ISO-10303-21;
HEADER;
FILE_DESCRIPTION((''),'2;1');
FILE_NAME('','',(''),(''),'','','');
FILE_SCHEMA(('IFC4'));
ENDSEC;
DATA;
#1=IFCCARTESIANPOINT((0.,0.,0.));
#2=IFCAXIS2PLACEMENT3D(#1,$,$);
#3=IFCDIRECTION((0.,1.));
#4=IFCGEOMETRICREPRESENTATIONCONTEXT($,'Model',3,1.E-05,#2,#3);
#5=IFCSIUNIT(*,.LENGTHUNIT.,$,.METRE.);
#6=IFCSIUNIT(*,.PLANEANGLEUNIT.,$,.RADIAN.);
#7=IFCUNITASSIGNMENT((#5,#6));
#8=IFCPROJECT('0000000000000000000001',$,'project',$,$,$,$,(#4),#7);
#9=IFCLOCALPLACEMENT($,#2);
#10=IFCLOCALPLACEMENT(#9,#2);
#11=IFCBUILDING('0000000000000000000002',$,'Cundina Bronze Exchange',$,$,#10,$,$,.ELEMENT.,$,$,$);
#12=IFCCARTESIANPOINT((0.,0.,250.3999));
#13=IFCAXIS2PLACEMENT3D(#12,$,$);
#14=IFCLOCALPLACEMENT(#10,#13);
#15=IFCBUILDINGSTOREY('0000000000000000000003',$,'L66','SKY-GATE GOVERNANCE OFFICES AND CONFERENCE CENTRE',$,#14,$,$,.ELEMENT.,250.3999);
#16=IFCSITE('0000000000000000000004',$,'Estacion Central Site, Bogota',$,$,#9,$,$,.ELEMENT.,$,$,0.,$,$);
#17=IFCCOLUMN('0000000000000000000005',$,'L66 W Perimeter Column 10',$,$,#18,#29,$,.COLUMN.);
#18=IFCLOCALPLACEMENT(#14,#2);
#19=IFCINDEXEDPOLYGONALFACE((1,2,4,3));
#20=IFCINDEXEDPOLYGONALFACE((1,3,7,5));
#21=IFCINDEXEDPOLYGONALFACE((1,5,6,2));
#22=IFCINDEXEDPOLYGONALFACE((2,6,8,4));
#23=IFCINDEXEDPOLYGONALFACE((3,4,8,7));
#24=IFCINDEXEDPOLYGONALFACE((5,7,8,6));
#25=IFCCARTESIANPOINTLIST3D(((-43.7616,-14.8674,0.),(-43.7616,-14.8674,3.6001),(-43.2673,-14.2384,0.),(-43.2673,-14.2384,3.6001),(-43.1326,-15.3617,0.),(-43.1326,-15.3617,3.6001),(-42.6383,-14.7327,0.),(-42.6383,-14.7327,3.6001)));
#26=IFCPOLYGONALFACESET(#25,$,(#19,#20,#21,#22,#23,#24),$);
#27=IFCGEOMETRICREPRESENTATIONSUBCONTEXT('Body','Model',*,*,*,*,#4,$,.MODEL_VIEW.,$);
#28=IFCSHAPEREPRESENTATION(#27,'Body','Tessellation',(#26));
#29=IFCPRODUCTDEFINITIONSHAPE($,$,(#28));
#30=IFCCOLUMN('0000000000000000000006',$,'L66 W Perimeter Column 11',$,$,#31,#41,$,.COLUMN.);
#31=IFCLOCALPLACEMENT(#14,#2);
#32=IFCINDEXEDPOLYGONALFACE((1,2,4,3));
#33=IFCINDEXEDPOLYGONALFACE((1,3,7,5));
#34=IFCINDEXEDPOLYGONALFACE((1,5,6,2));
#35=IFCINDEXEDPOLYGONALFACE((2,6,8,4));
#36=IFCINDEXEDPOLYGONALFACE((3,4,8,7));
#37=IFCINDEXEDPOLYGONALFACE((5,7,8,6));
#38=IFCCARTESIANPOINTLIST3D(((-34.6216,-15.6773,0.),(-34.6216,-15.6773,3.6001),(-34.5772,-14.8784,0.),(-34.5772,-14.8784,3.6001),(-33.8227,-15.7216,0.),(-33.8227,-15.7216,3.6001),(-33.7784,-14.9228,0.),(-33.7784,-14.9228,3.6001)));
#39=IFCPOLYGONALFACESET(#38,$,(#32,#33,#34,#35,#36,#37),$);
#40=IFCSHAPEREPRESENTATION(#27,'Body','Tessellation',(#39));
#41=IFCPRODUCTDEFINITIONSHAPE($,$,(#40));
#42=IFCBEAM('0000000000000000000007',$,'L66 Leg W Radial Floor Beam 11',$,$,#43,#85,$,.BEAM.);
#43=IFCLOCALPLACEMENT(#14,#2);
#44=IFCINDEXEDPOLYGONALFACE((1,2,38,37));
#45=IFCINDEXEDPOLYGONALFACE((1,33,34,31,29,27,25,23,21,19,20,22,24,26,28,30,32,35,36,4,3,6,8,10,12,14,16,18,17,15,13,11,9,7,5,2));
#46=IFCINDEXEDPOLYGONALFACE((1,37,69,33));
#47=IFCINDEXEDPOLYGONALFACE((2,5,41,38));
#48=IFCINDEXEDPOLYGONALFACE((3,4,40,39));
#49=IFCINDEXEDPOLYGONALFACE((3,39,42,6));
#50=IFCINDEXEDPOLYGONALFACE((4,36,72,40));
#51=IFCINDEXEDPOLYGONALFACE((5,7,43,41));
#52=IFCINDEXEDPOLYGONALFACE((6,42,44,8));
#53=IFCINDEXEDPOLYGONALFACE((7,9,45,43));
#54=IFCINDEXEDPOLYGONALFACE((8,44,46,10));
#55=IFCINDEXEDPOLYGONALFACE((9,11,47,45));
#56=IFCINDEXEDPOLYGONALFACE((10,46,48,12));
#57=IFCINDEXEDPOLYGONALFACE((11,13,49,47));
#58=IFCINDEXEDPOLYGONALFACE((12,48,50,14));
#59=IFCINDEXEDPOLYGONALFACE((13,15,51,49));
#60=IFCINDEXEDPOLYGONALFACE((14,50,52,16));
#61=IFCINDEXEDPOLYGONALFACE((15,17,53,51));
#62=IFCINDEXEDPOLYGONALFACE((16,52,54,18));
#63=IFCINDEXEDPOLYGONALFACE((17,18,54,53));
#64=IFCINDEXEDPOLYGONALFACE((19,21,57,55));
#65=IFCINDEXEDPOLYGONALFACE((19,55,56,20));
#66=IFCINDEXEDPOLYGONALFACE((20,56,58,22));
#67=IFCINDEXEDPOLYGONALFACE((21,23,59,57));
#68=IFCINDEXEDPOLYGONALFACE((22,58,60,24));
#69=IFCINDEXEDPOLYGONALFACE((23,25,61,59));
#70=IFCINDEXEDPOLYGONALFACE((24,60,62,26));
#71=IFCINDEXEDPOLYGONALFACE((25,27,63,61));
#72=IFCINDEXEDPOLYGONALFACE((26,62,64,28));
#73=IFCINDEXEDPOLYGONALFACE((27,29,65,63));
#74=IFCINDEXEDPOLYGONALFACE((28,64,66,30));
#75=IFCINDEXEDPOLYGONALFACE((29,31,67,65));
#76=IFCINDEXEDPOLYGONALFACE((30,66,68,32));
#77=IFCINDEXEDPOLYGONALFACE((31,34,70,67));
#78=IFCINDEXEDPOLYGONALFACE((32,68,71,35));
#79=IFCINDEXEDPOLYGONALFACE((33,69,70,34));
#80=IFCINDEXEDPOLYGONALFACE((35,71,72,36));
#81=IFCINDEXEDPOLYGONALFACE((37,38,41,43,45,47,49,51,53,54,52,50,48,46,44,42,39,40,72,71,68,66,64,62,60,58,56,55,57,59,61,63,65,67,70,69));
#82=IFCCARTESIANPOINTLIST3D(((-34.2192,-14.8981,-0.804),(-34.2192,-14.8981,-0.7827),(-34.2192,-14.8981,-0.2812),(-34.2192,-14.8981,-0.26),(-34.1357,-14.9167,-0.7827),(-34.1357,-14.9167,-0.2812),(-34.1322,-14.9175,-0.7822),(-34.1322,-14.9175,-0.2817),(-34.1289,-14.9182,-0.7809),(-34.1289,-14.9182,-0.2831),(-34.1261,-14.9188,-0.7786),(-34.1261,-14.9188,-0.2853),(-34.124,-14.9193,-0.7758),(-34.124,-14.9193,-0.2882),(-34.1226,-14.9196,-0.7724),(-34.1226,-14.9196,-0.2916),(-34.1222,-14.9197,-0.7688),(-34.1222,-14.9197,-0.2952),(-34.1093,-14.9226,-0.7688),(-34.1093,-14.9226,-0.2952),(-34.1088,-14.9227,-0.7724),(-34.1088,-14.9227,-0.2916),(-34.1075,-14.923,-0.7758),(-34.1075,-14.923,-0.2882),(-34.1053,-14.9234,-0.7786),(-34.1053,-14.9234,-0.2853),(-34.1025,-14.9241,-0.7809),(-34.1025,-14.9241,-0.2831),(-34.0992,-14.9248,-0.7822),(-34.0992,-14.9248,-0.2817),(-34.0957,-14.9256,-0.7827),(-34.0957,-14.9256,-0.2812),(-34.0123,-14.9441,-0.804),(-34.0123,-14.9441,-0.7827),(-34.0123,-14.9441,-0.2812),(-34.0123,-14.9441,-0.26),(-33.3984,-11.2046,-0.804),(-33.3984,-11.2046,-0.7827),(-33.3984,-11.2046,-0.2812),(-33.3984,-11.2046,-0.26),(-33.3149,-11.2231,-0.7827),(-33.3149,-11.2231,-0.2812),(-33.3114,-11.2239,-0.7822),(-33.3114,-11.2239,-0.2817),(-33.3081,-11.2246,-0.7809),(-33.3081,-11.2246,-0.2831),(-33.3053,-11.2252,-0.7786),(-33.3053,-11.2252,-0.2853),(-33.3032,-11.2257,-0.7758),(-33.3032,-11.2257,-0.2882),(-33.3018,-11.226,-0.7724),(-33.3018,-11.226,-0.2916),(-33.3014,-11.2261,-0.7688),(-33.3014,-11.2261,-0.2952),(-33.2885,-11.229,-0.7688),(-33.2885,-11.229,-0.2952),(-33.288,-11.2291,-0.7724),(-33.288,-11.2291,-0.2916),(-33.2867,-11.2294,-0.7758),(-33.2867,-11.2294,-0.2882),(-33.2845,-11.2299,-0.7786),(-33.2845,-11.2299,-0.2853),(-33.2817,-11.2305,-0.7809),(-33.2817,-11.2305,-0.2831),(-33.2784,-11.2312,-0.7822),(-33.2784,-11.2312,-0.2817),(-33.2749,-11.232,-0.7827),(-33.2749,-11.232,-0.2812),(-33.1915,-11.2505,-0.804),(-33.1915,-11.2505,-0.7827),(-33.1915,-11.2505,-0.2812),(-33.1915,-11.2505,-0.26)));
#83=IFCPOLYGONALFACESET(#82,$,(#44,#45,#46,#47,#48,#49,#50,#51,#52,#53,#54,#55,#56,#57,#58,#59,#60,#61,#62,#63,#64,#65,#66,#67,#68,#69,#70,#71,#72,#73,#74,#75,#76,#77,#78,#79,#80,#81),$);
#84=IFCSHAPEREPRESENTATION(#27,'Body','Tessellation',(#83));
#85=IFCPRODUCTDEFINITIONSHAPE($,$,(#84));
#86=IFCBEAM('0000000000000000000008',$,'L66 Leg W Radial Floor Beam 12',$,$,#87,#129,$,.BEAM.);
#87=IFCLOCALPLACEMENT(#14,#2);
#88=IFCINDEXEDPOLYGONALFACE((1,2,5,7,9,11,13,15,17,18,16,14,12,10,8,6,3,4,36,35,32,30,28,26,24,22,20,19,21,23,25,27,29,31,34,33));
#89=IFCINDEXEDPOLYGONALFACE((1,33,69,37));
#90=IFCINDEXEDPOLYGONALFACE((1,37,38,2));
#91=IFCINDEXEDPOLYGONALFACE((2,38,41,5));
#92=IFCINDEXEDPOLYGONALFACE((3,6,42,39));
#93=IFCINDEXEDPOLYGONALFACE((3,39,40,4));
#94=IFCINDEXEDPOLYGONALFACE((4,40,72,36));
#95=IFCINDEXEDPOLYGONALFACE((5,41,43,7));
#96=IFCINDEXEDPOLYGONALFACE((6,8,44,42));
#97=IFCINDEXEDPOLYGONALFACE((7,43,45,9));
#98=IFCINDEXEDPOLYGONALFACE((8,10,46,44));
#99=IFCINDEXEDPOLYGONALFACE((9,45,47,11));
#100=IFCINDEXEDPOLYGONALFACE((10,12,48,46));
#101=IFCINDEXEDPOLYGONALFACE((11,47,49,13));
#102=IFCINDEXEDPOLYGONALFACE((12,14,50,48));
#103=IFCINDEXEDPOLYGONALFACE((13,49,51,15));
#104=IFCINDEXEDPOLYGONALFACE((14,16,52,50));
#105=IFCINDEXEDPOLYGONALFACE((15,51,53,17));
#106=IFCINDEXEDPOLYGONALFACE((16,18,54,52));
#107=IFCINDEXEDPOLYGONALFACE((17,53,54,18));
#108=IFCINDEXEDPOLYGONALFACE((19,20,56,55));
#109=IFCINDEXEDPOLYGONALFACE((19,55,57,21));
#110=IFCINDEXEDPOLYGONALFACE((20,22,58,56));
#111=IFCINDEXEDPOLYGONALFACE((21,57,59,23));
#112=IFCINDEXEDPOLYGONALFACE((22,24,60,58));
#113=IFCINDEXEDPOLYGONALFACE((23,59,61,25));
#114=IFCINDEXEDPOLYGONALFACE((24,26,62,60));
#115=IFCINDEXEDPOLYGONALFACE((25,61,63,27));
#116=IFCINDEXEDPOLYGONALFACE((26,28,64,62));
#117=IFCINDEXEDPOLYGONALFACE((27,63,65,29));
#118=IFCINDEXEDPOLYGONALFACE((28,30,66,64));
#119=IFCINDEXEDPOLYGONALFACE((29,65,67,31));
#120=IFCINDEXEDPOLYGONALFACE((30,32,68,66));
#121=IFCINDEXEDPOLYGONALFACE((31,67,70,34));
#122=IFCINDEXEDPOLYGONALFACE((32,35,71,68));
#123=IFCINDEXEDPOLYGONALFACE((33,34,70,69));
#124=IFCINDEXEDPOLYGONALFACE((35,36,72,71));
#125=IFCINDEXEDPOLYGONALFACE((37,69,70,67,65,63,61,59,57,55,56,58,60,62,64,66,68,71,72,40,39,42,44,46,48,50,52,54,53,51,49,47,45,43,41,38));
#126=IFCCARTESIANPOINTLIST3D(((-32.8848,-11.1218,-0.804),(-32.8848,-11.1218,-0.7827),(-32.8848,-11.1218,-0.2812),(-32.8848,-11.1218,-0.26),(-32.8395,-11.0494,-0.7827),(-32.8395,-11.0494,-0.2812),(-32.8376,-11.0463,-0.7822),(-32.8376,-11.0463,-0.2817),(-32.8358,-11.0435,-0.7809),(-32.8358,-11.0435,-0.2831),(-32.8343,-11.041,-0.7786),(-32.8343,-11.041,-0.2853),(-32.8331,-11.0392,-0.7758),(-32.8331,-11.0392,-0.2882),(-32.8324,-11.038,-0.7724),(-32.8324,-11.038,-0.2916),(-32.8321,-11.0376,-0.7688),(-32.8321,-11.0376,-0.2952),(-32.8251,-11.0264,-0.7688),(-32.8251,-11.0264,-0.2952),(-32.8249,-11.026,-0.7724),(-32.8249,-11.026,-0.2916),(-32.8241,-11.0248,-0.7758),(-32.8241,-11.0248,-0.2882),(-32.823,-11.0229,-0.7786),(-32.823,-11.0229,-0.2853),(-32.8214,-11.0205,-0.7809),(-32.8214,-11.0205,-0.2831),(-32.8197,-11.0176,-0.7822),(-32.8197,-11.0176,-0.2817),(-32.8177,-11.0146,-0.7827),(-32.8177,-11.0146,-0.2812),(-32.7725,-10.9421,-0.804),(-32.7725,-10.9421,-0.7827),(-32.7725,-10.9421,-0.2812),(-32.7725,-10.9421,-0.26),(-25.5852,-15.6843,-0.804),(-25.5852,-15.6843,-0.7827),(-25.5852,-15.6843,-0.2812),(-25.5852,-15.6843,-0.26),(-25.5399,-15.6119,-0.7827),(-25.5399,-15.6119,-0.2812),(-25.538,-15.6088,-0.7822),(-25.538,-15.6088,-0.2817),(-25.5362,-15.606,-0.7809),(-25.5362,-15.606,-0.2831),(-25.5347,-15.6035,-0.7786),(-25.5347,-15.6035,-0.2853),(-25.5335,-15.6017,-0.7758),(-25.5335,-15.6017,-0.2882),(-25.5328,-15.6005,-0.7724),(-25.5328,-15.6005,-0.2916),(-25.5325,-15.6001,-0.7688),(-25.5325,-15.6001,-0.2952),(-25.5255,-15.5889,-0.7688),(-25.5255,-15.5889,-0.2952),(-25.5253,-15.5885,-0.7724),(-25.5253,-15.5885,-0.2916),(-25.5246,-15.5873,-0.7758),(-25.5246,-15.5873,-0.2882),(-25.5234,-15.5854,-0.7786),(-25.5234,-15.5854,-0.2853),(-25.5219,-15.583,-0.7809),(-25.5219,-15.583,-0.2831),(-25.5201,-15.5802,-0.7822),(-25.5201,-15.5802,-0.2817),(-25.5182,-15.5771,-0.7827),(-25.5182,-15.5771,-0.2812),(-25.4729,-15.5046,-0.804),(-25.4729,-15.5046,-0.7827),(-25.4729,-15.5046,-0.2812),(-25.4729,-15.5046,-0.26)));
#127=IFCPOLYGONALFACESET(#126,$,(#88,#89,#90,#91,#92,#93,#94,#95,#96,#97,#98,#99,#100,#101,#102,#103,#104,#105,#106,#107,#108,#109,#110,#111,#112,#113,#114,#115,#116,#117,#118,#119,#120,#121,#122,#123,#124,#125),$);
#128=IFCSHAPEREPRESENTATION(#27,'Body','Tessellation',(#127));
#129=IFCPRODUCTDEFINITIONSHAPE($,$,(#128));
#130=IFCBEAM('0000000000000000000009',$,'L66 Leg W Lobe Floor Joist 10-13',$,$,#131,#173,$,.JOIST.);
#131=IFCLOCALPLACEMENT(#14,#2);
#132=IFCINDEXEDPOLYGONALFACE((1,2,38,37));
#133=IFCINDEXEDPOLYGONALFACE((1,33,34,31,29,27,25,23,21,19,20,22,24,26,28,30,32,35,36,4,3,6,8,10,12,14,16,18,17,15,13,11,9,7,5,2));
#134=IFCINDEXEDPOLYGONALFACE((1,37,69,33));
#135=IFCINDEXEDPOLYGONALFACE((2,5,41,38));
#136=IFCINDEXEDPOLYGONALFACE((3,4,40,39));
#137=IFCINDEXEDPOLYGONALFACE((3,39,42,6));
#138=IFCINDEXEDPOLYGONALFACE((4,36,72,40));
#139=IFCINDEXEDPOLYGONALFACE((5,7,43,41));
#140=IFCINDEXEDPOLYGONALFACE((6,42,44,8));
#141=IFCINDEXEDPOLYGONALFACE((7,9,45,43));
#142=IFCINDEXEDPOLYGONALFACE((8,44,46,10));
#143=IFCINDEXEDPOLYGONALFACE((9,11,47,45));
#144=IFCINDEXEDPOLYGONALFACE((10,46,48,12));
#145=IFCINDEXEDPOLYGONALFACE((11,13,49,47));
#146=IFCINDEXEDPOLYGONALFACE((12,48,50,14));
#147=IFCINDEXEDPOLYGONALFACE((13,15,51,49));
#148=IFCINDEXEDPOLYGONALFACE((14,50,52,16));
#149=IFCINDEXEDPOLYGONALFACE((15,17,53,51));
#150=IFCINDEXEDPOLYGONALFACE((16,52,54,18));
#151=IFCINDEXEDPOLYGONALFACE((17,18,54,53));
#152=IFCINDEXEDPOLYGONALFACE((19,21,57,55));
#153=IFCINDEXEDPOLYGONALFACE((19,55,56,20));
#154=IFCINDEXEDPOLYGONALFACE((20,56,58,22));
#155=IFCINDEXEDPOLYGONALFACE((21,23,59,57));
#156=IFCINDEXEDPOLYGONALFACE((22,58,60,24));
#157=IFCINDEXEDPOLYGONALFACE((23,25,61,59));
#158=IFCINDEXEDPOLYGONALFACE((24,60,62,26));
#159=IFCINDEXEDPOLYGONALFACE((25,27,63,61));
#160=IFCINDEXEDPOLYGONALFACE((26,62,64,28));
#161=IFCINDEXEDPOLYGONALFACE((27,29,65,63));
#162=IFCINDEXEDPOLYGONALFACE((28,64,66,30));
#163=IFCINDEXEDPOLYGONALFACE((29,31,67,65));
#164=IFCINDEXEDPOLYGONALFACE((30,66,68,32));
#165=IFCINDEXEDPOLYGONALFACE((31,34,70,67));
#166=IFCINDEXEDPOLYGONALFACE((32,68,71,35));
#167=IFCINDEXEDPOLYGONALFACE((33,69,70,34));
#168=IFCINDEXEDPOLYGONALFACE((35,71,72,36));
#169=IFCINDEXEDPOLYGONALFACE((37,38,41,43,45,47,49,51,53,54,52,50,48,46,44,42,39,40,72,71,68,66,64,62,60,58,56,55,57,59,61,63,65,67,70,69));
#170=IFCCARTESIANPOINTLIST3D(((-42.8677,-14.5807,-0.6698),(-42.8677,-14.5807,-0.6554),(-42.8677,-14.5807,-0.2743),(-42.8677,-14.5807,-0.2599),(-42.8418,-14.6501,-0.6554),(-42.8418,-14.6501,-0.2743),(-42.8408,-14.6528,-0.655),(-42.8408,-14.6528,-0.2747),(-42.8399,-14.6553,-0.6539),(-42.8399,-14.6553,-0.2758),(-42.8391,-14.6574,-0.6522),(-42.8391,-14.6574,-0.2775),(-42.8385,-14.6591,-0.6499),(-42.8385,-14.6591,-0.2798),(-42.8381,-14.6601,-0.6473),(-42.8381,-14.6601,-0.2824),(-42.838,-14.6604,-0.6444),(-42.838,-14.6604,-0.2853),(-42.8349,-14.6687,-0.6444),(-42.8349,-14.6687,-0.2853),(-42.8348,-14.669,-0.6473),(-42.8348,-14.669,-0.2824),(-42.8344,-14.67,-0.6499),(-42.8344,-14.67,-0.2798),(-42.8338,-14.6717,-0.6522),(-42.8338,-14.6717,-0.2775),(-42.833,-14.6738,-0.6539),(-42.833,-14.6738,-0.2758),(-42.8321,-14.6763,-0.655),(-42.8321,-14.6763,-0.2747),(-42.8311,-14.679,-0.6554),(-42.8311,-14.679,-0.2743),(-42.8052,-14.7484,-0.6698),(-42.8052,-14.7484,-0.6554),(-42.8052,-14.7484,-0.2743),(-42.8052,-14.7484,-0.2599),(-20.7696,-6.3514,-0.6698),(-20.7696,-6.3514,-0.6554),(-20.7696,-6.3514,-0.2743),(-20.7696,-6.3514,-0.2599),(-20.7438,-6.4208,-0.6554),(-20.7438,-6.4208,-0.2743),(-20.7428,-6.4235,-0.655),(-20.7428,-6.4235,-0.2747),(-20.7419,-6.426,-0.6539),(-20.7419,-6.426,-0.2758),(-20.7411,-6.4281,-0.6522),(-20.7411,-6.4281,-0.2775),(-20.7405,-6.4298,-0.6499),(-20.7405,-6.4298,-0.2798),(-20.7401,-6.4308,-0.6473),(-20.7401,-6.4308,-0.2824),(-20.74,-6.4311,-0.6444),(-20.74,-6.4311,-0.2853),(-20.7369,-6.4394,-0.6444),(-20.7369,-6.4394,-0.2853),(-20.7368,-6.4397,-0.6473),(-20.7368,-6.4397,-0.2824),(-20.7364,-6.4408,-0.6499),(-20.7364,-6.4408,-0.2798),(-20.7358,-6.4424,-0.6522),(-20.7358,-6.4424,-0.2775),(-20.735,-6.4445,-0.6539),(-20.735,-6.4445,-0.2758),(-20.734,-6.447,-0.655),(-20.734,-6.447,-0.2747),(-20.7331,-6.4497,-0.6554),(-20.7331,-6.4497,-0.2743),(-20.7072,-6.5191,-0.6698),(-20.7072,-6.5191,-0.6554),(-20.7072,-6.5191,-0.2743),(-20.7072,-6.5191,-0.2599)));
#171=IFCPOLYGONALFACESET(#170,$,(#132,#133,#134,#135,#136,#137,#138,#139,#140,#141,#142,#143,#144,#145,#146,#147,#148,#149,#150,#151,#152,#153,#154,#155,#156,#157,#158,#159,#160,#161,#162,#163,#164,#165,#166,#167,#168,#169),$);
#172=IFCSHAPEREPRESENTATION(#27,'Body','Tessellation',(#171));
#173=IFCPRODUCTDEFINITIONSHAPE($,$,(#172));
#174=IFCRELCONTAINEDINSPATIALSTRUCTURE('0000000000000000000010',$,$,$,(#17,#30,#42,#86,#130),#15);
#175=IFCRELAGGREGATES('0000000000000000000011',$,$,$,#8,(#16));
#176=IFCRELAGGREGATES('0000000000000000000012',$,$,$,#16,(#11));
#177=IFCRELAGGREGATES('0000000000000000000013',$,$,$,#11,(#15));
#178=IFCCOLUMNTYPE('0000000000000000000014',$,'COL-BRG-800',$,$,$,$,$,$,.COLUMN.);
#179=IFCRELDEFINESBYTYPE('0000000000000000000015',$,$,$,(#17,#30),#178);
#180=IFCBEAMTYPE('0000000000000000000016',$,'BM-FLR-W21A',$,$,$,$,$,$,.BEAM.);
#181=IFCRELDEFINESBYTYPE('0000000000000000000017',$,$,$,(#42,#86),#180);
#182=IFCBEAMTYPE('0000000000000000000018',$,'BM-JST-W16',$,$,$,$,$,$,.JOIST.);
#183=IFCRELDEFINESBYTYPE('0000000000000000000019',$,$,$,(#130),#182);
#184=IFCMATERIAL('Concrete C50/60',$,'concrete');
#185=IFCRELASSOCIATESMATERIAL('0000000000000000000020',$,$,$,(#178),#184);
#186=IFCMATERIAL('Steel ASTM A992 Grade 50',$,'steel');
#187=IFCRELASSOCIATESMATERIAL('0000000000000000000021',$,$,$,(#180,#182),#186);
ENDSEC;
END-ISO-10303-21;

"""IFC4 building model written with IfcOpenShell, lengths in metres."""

from ifc_helpers import new_model, si_unit, direction, frame, origin, origin_2d, place, context, subcontext, project, spatial, rectangle, i_section, extrude, material, material_profile, profile_set, type_object, element, save


model = new_model("IFC4")

# Units and contexts
model_context = context("Model", 3, precision=1e-05, world=origin(), true_north=direction((0.0, 1.0)))
body_context = subcontext(model_context, "Body", "Model", "MODEL_VIEW")
ifc_project = project(units=[si_unit("LENGTHUNIT", "METRE"), si_unit("PLANEANGLEUNIT", "RADIAN")], contexts=[model_context])

# Site, building, storey
site_placement = place(None, origin())
site = spatial("IfcSite", under=ifc_project, at=site_placement, Name="Estacion Central Site, Bogota", CompositionType="ELEMENT", RefElevation=0.0)
building_placement = place(site_placement, origin())
building = spatial("IfcBuilding", under=site, at=building_placement, Name="Cundina Bronze Exchange", CompositionType="ELEMENT")
storey_placement = place(building_placement, frame((0.0, 0.0, 250.3999)))
storey = spatial("IfcBuildingStorey", under=building, at=storey_placement, Name="L66", Description="SKY-GATE GOVERNANCE OFFICES AND CONFERENCE CENTRE", CompositionType="ELEMENT", Elevation=250.3999)

# Columns
ifc_material_1 = material(Name="Concrete C50/60", Category="concrete")
ifc_material_profile_1 = material_profile(ifc_material_1, rectangle(XDim=0.8, YDim=0.8, at=origin_2d()), Name="RC800X800", Category="concrete")
ifc_profile_set_1 = profile_set([ifc_material_profile_1], Name="Concrete C50/60")
column_type = type_object("IfcColumnType", Name="COL-BRG-800", PredefinedType="COLUMN", material=ifc_profile_set_1)
for number, where, z_axis, x_axis, name in (
    (1, (-43.2, -14.8, 0.0), (0.0, 0.0, 1.0), (0.786288, -0.61786, 0.0), "L66 W Perimeter Column 10"),
    (2, (-34.2, -15.3, 0.0), (0.0, 0.0, 1.0), (0.99846, -0.055473, 0.0), "L66 W Perimeter Column 11"),
):
    element("IfcColumn", number, at=place(storey_placement, frame(where, z_axis=z_axis, x_axis=x_axis)), inside=storey, type_object=column_type, Name=name, PredefinedType="COLUMN", context=body_context, shape_type="SweptSolid", body=[
        extrude(rectangle(XDim=0.8, YDim=0.8, at=origin_2d()), origin(), (0.0, 0.0, 1.0), 3.6001),
    ])

# Beams
ifc_material_2 = material(Name="Steel ASTM A992 Grade 50", Category="steel")
ifc_material_profile_2 = material_profile(ifc_material_2, i_section(OverallWidth=0.2119, OverallDepth=0.5439, WebThickness=0.0132, FlangeThickness=0.0212, FilletRadius=0.0139, at=origin_2d()), Name="W21X83", Category="steel")
ifc_profile_set_2 = profile_set([ifc_material_profile_2], Name="Steel ASTM A992 Grade 50")
beam_type_1 = type_object("IfcBeamType", Name="BM-FLR-W21A", PredefinedType="BEAM", material=ifc_profile_set_2)
beam_1_placement = place(storey_placement, frame((-33.2949, -11.2275, -0.532), z_axis=(-0.21693, -0.976187, 0.0), x_axis=(0.976187, -0.21693, 0.0)))
element("IfcBeam", 3, at=beam_1_placement, inside=storey, type_object=beam_type_1, Name="L66 Leg W Radial Floor Beam 11", PredefinedType="BEAM", context=body_context, shape_type="SweptSolid", body=[
    extrude(i_section(OverallWidth=0.2119, OverallDepth=0.5439, WebThickness=0.0132, FlangeThickness=0.0212, FilletRadius=0.0139, at=origin_2d()), origin(), (0.0, 0.0, 1.0), 3.7837),
])
beam_2_placement = place(storey_placement, frame((-32.8286, -11.032, -0.532), z_axis=(0.847984, -0.530022, 0.0), x_axis=(0.530022, 0.847984, 0.0)))
element("IfcBeam", 4, at=beam_2_placement, inside=storey, type_object=beam_type_1, Name="L66 Leg W Radial Floor Beam 12", PredefinedType="BEAM", context=body_context, shape_type="SweptSolid", body=[
    extrude(i_section(OverallWidth=0.2119, OverallDepth=0.5439, WebThickness=0.0132, FlangeThickness=0.0212, FilletRadius=0.0139, at=origin_2d()), origin(), (0.0, 0.0, 1.0), 8.6082),
])
ifc_material_profile_3 = material_profile(ifc_material_2, i_section(OverallWidth=0.179, OverallDepth=0.4099, WebThickness=0.0088, FlangeThickness=0.0144, FilletRadius=0.011, at=origin_2d()), Name="W16X45", Category="steel")
ifc_profile_set_3 = profile_set([ifc_material_profile_3], Name="Steel ASTM A992 Grade 50")
beam_type_2 = type_object("IfcBeamType", Name="BM-JST-W16", PredefinedType="JOIST", material=ifc_profile_set_3)
beam_3_placement = place(storey_placement, frame((-42.8364, -14.6646, -0.4648), z_axis=(0.937128, 0.348986, 0.0), x_axis=(-0.348986, 0.937128, 0.0)))
element("IfcBeam", 5, at=beam_3_placement, inside=storey, type_object=beam_type_2, Name="L66 Leg W Lobe Floor Joist 10-13", PredefinedType="JOIST", context=body_context, shape_type="SweptSolid", body=[
    extrude(i_section(OverallWidth=0.179, OverallDepth=0.4099, WebThickness=0.0088, FlangeThickness=0.0144, FilletRadius=0.011, at=origin_2d()), origin(), (0.0, 0.0, 1.0), 23.5806),
])

save(model, "model.ifc")
